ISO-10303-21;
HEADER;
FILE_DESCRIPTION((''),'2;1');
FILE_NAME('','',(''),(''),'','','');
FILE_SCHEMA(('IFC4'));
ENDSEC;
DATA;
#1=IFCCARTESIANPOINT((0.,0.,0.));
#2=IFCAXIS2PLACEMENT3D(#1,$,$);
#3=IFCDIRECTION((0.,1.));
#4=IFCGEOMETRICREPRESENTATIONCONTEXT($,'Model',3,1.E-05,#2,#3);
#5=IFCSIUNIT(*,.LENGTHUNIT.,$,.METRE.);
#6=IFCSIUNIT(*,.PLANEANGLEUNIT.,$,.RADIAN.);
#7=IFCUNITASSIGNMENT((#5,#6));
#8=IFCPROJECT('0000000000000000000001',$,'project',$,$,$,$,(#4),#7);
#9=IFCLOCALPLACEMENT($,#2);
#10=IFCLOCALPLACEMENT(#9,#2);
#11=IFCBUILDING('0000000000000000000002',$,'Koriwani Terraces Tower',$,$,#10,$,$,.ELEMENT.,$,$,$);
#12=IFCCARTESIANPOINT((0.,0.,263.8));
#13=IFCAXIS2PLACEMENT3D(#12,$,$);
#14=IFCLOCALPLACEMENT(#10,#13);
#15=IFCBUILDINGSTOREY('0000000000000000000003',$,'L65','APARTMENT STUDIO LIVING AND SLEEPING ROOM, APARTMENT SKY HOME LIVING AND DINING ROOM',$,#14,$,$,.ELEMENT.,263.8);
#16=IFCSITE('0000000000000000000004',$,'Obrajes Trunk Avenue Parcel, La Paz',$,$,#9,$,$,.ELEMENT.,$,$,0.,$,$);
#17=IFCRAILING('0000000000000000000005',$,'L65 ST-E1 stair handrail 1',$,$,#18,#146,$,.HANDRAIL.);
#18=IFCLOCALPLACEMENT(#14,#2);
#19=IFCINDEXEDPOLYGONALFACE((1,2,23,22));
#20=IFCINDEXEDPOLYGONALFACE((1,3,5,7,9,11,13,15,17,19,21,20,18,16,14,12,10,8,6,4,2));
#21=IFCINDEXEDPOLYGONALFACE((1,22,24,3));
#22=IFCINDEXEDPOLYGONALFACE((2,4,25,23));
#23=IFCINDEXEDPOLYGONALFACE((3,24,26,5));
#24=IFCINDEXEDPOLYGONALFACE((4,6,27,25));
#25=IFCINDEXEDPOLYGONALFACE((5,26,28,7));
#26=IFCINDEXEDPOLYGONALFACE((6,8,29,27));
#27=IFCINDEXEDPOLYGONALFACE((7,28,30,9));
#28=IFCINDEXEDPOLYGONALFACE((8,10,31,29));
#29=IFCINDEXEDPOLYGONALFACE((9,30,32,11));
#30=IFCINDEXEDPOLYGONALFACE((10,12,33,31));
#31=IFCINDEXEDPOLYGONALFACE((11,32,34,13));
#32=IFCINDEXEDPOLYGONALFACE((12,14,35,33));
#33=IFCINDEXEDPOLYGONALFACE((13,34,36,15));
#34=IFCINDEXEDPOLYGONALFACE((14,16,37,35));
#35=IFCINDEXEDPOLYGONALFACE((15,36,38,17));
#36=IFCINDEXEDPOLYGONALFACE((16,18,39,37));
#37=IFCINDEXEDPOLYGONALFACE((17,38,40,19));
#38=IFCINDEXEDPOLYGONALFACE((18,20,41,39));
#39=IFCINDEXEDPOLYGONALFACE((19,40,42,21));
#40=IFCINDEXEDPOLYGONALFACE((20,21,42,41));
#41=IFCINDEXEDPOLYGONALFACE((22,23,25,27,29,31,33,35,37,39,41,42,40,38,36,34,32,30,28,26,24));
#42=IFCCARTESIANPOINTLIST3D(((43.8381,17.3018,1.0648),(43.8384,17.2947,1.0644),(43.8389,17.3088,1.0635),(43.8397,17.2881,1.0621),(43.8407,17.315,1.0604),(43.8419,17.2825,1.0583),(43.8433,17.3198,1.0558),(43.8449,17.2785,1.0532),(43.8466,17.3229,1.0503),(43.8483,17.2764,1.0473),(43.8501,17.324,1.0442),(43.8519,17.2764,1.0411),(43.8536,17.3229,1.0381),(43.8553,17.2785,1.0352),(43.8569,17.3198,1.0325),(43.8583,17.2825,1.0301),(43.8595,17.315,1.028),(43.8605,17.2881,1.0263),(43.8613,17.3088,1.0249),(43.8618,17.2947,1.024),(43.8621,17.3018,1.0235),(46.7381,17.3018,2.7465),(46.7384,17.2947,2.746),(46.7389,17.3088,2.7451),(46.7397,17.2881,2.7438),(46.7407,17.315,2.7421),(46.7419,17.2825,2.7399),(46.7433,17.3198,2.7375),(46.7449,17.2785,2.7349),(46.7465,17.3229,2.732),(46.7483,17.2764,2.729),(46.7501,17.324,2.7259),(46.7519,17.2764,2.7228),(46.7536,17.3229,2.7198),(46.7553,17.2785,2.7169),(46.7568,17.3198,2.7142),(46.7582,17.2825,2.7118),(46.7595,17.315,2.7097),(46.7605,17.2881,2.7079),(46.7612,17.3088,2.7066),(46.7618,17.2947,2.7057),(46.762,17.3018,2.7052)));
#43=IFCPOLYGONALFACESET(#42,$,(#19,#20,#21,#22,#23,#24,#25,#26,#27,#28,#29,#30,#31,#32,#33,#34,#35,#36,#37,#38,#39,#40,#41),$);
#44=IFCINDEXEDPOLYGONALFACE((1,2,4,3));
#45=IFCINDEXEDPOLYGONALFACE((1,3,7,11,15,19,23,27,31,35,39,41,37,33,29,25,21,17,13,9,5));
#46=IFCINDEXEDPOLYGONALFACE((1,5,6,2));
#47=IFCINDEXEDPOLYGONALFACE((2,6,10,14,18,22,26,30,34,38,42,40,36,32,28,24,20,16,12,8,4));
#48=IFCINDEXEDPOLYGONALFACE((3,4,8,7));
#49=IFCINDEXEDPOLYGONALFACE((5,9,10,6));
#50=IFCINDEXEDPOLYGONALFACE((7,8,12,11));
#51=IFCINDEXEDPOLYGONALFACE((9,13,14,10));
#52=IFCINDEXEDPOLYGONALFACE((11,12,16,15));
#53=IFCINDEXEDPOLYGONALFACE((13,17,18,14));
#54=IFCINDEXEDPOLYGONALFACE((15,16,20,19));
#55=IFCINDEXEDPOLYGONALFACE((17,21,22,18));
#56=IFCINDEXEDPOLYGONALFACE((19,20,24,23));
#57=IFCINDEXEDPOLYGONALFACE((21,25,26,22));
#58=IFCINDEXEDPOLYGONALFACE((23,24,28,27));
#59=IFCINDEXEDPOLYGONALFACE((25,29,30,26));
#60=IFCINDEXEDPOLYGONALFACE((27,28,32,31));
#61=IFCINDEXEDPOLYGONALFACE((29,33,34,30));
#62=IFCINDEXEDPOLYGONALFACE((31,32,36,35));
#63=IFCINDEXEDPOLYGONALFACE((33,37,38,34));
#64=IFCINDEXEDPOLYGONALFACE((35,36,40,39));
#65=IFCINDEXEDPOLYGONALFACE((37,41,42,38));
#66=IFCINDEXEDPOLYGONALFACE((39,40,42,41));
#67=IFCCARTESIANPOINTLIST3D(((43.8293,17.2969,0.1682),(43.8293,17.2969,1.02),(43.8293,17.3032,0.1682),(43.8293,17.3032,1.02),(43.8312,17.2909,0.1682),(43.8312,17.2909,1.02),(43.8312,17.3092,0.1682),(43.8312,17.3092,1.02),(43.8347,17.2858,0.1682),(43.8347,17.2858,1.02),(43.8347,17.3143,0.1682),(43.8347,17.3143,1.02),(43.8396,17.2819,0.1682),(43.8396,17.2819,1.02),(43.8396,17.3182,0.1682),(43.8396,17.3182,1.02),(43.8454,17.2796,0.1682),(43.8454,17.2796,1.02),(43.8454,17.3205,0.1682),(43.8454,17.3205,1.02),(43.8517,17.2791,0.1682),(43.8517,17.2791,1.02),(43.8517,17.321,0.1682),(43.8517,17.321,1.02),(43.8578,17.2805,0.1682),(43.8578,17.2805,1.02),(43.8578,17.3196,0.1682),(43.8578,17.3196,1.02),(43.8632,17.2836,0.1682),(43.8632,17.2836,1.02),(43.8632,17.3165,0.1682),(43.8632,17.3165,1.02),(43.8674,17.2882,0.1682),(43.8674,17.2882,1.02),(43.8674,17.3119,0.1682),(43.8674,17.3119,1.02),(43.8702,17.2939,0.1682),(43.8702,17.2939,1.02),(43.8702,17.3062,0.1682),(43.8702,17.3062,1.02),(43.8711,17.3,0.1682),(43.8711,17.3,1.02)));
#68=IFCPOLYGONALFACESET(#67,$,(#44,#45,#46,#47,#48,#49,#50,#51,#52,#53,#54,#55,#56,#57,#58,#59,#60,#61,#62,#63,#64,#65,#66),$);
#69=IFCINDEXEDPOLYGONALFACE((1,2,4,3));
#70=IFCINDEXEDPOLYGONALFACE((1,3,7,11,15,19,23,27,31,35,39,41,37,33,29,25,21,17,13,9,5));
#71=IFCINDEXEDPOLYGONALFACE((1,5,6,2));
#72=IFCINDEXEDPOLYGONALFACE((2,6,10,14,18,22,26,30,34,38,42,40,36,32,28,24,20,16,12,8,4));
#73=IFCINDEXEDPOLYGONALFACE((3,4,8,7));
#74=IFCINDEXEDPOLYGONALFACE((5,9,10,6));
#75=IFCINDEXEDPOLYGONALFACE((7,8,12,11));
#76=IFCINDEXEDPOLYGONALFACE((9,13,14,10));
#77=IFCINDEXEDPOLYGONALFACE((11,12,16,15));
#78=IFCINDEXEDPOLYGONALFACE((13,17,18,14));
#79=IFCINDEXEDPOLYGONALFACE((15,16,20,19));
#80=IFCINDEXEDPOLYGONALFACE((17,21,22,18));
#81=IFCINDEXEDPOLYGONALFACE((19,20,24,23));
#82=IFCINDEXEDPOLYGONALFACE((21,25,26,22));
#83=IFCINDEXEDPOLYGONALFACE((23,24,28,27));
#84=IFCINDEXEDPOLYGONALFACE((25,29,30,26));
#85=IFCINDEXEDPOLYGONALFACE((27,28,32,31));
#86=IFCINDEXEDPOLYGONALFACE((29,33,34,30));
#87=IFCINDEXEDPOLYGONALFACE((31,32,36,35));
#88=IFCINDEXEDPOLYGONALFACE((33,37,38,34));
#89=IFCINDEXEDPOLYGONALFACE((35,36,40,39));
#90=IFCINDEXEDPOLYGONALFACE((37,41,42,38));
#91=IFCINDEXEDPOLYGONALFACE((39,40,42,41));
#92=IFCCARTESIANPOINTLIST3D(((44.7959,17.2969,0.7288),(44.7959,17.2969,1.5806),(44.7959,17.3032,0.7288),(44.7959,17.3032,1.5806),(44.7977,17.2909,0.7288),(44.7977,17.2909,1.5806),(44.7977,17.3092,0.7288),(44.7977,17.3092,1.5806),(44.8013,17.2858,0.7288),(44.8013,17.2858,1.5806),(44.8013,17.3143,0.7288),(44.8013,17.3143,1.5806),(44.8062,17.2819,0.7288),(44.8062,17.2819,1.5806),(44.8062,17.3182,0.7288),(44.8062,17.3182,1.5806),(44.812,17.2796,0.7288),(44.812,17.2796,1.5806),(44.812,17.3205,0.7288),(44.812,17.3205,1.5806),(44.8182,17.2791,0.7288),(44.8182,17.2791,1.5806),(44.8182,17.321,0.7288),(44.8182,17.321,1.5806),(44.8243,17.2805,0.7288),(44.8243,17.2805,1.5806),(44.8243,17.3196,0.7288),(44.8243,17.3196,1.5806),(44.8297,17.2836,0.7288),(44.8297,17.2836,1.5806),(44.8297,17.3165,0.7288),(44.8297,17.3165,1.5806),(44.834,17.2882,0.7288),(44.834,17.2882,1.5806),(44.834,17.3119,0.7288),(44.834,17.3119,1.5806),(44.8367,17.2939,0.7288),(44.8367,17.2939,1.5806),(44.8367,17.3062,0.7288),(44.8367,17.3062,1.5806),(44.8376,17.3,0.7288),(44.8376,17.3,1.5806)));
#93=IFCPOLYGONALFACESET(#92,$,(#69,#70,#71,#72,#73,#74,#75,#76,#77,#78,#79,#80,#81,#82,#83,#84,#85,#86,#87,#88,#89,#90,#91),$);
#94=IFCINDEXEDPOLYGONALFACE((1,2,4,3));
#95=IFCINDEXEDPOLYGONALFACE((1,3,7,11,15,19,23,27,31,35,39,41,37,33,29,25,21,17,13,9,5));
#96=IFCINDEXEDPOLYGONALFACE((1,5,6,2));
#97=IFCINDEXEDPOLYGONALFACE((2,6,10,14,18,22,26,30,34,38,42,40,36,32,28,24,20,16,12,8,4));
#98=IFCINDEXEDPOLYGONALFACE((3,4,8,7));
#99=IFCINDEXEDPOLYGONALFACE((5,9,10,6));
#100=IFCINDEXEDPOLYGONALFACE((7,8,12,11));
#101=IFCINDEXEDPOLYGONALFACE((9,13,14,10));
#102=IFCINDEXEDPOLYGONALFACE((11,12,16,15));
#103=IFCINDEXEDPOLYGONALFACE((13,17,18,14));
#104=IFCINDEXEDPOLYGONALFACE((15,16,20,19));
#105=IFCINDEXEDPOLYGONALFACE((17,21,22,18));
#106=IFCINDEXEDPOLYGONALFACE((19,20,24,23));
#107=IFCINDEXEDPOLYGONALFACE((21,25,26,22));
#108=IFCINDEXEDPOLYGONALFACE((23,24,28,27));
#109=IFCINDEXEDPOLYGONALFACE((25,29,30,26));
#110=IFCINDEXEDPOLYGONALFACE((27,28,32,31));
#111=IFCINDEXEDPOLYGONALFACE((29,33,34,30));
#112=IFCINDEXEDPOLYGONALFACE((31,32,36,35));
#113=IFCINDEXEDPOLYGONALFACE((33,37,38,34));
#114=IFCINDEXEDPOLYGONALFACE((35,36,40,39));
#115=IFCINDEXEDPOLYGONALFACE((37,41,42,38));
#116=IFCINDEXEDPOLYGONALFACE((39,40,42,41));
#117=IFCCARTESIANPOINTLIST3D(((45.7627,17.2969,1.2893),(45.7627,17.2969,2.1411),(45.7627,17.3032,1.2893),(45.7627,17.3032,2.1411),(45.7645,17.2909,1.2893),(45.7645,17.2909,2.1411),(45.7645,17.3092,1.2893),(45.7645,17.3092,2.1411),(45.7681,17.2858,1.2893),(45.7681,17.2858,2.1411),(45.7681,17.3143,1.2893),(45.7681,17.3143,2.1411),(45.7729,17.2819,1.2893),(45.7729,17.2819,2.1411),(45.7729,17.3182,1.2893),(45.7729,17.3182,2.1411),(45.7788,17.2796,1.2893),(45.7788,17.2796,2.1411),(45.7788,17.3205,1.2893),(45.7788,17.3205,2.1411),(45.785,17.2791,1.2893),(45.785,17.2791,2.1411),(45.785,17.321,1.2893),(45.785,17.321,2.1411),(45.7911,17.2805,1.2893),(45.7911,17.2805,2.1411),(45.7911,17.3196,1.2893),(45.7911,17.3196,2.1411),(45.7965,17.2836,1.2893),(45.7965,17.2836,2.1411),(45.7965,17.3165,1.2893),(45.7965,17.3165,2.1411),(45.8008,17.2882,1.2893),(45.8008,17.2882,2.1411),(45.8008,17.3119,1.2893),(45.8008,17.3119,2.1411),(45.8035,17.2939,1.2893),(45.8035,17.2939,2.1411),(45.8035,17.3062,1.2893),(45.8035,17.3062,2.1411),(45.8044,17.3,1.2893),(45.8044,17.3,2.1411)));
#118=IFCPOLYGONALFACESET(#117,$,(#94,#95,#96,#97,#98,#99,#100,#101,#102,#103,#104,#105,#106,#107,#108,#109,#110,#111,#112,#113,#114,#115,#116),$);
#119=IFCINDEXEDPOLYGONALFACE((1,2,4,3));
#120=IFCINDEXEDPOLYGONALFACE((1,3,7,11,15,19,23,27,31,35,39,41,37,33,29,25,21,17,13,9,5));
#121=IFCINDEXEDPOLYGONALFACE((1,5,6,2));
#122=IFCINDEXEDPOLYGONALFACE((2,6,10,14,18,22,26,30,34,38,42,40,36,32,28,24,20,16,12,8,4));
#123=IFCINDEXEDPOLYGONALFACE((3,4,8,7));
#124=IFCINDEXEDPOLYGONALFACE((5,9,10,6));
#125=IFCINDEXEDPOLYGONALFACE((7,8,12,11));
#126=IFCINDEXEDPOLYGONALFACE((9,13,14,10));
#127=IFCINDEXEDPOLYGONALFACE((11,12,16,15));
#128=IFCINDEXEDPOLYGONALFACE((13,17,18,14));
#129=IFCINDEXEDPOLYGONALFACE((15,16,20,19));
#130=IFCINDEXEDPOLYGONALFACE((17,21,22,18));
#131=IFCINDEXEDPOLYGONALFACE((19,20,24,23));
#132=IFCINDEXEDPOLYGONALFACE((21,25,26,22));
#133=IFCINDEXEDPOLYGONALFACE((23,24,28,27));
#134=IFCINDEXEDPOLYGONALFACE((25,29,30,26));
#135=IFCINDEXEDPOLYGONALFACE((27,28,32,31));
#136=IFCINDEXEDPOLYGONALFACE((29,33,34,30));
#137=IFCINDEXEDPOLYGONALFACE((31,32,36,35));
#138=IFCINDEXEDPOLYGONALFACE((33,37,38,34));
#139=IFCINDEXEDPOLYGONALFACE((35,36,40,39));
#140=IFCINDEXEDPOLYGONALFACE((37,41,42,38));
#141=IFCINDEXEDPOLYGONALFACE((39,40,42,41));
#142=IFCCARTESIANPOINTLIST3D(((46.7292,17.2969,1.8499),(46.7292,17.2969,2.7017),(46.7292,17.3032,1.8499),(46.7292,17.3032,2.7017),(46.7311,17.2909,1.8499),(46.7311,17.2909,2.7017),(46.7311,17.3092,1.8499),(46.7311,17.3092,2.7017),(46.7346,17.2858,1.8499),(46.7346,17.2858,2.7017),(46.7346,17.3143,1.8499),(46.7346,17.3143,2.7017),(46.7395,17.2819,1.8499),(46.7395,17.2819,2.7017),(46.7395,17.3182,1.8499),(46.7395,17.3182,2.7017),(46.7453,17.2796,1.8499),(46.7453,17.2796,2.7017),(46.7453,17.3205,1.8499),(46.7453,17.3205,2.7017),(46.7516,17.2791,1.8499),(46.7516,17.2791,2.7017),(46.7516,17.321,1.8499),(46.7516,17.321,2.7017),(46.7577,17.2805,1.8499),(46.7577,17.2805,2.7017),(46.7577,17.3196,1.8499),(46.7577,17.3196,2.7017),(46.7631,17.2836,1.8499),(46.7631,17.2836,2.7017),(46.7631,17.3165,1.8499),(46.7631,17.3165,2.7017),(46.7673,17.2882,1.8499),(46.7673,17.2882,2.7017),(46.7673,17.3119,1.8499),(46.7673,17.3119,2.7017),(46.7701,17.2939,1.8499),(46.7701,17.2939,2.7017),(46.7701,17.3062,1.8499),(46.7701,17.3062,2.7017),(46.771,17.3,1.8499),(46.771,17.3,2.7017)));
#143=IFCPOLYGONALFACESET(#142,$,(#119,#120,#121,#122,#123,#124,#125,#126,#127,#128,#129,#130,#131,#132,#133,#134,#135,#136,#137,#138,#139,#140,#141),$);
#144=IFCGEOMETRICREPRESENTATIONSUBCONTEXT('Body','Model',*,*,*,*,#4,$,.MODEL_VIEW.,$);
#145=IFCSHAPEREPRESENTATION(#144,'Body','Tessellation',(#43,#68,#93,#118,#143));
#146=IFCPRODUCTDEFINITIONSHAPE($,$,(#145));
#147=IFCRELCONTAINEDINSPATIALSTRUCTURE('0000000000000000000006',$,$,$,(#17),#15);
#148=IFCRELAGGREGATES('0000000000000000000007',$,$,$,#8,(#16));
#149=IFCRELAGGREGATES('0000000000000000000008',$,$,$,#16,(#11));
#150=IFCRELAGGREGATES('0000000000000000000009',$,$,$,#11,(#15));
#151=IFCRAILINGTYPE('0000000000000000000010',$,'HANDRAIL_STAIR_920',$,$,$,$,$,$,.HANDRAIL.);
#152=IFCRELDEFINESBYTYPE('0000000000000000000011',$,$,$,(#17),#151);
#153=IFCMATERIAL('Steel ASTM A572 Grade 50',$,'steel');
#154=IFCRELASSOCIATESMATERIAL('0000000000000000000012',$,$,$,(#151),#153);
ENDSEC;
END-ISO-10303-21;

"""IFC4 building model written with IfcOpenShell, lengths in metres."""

from ifc_helpers import new_model, si_unit, direction, frame, origin, origin_2d, place, context, subcontext, project, spatial, circle, extrude, material, type_object, element, save


model = new_model("IFC4")

# Units and contexts
model_context = context("Model", 3, precision=1e-05, world=origin(), true_north=direction((0.0, 1.0)))
body_context = subcontext(model_context, "Body", "Model", "MODEL_VIEW")
ifc_project = project(units=[si_unit("LENGTHUNIT", "METRE"), si_unit("PLANEANGLEUNIT", "RADIAN")], contexts=[model_context])

# Site, building, storey
site_placement = place(None, origin())
site = spatial("IfcSite", under=ifc_project, at=site_placement, Name="Obrajes Trunk Avenue Parcel, La Paz", CompositionType="ELEMENT", RefElevation=0.0)
building_placement = place(site_placement, origin())
building = spatial("IfcBuilding", under=site, at=building_placement, Name="Koriwani Terraces Tower", CompositionType="ELEMENT")
storey_placement = place(building_placement, frame((0.0, 0.0, 263.8)))
storey = spatial("IfcBuildingStorey", under=building, at=storey_placement, Name="L65", Description="APARTMENT STUDIO LIVING AND SLEEPING ROOM, APARTMENT SKY HOME LIVING AND DINING ROOM", CompositionType="ELEMENT", Elevation=263.8)

# Shared definitions
ifc_material_1 = material(Name="Steel ASTM A572 Grade 50", Category="steel")

# Railing
railing_type_1 = type_object("IfcRailingType", Name="HANDRAIL_STAIR_920", PredefinedType="HANDRAIL", material=ifc_material_1)
railing_1_placement = place(storey_placement, frame((43.8501, 17.3, 0.1682)))
element("IfcRailing", 1, at=railing_1_placement, inside=storey, type_object=railing_type_1, Name="L65 ST-E1 stair handrail 1", PredefinedType="HANDRAIL", context=body_context, shape_type="SweptSolid", body=[
    extrude(circle(Radius=0.0239, at=origin_2d()), frame((0.0, 0.0, 0.876), z_axis=(0.86507, 0.0, 0.501651), x_axis=(0.0, 1.0, 0.0)), (0.0, 0.0, 1.0), 3.3523),
    extrude(circle(Radius=0.021, at=origin_2d()), origin(), (0.0, 0.0, 1.0), 0.8518),
    extrude(circle(Radius=0.021, at=origin_2d()), frame((0.9666, 0.0, 0.5605)), (0.0, 0.0, 1.0), 0.8518),
    extrude(circle(Radius=0.021, at=origin_2d()), frame((1.9333, 0.0, 1.1211)), (0.0, 0.0, 1.0), 0.8518),
    extrude(circle(Radius=0.021, at=origin_2d()), frame((2.8999, 0.0, 1.6816)), (0.0, 0.0, 1.0), 0.8518),
])

save(model, "model.ifc")
